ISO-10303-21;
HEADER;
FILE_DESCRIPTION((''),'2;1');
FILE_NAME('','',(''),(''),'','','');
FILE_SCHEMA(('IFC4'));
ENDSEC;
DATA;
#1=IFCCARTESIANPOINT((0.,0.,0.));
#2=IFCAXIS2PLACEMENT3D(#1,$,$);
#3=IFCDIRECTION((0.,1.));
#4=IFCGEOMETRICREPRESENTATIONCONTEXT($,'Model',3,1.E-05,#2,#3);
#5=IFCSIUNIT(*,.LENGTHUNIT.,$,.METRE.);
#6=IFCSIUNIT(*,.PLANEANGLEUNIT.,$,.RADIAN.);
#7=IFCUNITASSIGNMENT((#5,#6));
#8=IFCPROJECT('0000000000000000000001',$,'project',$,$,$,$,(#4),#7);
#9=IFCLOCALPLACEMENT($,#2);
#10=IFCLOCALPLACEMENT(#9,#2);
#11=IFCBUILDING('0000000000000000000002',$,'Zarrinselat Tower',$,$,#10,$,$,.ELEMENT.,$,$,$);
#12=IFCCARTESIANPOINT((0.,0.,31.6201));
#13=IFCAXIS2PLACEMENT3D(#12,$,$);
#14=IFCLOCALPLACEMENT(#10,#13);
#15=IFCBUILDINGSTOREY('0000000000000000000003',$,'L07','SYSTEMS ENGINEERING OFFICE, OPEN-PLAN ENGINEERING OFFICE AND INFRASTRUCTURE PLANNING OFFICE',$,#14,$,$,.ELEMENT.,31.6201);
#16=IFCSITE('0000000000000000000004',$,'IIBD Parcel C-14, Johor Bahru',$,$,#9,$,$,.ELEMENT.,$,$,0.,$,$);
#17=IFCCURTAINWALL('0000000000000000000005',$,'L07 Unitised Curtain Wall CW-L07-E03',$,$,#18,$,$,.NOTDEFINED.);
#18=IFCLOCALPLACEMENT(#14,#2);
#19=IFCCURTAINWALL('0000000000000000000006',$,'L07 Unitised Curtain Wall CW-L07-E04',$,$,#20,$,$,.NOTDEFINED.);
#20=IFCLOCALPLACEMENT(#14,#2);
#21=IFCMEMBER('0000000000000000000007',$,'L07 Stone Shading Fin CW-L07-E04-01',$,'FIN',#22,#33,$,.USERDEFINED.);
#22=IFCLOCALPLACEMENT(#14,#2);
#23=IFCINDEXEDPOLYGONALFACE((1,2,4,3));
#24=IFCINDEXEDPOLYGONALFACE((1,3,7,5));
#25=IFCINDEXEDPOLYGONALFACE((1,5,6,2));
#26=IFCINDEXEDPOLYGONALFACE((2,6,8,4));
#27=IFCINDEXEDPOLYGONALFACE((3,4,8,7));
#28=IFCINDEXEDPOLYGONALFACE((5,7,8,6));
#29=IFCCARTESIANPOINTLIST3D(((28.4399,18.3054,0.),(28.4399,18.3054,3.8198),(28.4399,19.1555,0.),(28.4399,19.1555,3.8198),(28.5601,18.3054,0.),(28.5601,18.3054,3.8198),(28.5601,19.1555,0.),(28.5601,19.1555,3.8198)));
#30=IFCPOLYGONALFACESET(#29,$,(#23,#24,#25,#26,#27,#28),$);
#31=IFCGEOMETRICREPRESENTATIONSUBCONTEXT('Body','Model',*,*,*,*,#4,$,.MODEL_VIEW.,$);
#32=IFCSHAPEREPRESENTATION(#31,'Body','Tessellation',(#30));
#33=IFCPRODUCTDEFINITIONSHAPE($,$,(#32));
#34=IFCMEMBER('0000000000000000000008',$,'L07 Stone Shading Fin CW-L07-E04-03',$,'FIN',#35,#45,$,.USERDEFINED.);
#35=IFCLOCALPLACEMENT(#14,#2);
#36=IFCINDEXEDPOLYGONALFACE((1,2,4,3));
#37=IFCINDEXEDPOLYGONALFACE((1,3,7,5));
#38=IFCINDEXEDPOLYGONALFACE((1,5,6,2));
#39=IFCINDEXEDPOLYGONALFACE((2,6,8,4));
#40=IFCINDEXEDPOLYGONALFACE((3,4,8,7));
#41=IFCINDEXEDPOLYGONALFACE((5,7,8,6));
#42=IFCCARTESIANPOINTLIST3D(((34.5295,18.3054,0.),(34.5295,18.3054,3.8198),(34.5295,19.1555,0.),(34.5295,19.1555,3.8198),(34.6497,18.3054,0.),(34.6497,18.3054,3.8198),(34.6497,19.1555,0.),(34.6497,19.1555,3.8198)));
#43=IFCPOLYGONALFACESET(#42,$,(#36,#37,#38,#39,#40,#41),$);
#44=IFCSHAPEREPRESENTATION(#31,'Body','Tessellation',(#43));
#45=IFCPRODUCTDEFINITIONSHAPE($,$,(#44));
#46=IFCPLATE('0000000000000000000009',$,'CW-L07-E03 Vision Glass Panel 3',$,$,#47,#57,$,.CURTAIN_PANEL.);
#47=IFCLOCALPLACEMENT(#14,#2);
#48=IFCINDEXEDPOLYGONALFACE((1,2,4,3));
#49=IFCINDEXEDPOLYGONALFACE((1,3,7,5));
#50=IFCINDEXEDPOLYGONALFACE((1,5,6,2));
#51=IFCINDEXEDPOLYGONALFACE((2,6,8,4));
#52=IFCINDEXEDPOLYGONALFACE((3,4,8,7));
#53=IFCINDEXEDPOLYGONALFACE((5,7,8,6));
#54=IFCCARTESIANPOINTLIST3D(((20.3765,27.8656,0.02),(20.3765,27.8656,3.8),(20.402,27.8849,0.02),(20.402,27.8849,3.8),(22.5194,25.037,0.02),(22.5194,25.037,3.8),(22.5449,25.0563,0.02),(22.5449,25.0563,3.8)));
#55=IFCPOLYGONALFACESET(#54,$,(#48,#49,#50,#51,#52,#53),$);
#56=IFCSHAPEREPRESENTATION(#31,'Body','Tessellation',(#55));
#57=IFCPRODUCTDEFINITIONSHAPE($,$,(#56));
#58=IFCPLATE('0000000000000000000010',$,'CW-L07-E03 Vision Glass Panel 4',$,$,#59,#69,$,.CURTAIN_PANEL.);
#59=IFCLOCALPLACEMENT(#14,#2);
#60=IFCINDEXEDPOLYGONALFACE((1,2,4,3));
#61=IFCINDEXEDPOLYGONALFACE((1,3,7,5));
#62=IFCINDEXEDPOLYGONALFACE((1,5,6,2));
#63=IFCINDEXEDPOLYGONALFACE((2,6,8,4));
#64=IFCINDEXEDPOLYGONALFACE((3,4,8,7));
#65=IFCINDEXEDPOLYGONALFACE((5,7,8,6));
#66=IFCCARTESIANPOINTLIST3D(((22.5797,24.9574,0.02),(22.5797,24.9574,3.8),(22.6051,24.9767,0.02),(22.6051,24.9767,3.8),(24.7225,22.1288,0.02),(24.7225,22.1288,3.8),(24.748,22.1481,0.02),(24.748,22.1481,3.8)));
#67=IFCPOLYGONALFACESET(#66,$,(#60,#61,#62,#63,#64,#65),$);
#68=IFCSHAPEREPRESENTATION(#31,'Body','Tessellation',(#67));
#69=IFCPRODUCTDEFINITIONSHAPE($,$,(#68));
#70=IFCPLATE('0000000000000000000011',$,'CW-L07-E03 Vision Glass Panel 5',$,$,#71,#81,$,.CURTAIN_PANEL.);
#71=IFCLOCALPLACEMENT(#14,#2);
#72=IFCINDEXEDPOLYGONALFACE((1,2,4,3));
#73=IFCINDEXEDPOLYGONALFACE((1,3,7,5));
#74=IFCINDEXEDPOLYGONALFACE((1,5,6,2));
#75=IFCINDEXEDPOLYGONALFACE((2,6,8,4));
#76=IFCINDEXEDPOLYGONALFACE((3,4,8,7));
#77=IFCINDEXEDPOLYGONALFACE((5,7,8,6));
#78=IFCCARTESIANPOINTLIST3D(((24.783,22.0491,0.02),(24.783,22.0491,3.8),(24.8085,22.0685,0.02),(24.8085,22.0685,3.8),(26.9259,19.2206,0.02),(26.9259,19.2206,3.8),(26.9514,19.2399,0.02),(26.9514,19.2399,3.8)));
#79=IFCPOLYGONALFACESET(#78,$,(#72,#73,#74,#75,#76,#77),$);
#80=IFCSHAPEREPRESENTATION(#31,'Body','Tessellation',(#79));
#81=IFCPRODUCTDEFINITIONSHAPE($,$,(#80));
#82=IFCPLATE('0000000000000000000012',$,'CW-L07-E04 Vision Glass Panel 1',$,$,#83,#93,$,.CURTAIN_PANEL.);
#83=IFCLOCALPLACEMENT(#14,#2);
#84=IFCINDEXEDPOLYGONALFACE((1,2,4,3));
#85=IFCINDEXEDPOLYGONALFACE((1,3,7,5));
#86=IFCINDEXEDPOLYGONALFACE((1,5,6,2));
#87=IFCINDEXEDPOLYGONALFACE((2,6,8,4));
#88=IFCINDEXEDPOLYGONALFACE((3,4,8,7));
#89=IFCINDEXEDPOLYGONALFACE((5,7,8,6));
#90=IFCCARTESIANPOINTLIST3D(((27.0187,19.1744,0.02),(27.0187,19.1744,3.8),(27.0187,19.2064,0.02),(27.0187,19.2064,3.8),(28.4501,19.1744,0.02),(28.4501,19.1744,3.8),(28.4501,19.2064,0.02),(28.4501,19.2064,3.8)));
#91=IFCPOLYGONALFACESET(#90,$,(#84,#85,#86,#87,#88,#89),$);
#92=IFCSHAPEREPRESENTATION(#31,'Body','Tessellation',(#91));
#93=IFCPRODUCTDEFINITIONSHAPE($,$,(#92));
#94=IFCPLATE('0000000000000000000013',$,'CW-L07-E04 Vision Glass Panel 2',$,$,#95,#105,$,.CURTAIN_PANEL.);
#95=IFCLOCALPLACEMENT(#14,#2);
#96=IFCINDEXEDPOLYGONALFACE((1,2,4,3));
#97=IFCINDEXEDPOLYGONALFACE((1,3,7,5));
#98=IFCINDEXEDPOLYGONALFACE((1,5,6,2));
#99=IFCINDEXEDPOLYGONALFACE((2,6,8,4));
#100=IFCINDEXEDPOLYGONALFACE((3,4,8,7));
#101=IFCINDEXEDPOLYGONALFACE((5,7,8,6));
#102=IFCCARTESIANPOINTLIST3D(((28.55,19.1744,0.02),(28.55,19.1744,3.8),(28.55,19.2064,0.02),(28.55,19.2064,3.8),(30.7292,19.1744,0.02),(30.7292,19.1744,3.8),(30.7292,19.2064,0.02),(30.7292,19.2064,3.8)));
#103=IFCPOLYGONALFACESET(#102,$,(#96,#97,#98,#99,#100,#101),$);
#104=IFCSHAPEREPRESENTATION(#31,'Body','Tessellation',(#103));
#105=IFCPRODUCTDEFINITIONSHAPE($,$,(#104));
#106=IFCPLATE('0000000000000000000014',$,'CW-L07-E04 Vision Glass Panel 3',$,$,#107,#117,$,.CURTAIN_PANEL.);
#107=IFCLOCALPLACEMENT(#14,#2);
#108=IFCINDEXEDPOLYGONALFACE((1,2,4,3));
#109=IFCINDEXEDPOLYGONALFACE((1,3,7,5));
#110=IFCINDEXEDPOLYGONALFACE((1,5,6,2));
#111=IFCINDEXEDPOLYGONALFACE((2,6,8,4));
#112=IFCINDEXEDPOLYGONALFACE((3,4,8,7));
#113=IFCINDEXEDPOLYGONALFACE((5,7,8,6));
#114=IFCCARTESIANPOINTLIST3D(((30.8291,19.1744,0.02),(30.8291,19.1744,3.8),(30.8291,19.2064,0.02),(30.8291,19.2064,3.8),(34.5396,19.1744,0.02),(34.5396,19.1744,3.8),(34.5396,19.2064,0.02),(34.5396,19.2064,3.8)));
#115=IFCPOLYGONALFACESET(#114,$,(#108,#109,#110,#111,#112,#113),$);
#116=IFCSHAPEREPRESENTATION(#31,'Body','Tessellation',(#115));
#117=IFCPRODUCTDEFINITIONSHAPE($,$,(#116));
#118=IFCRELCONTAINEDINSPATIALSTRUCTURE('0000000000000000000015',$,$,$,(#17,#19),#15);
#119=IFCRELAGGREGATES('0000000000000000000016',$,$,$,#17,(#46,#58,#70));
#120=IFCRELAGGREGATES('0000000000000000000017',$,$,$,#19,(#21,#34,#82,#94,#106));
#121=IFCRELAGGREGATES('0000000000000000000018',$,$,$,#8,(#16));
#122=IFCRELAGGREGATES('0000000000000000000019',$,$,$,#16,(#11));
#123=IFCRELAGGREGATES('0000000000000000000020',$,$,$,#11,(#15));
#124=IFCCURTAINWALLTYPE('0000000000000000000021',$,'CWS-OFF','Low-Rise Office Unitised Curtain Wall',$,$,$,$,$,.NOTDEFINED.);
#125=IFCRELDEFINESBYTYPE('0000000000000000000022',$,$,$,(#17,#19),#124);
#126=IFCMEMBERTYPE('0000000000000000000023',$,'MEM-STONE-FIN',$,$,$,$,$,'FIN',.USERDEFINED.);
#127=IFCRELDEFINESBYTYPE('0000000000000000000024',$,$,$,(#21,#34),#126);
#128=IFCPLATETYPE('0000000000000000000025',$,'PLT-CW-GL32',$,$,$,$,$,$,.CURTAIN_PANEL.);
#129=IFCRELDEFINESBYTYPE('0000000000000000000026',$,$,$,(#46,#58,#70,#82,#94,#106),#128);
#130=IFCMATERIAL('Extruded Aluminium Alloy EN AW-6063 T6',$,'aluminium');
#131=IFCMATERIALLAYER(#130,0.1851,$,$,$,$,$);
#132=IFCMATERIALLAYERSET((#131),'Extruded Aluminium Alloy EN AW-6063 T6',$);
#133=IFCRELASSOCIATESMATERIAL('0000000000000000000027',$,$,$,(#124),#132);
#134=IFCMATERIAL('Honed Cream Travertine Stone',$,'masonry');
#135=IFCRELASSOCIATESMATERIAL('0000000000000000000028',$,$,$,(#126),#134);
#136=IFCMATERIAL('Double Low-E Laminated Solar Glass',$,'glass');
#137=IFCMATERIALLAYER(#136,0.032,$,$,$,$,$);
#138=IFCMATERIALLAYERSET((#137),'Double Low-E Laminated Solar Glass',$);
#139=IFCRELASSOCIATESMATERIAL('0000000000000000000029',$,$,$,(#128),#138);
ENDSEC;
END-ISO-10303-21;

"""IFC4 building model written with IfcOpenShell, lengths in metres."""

from ifc_helpers import new_model, si_unit, direction, frame, origin, origin_2d, place, context, subcontext, project, spatial, rectangle, extrude, material, layer, layer_set, material_profile, profile_set, type_object, element, aggregate, save


model = new_model("IFC4")

# Units and contexts
model_context = context("Model", 3, precision=1e-05, world=origin(), true_north=direction((0.0, 1.0)))
body_context = subcontext(model_context, "Body", "Model", "MODEL_VIEW")
ifc_project = project(units=[si_unit("LENGTHUNIT", "METRE"), si_unit("PLANEANGLEUNIT", "RADIAN")], contexts=[model_context])

# Site, building, storey
site_placement = place(None, origin())
site = spatial("IfcSite", under=ifc_project, at=site_placement, Name="IIBD Parcel C-14, Johor Bahru", CompositionType="ELEMENT", RefElevation=0.0)
building_placement = place(site_placement, origin())
building = spatial("IfcBuilding", under=site, at=building_placement, Name="Zarrinselat Tower", CompositionType="ELEMENT")
storey_placement = place(building_placement, frame((0.0, 0.0, 31.6201)))
storey = spatial("IfcBuildingStorey", under=building, at=storey_placement, Name="L07", Description="SYSTEMS ENGINEERING OFFICE, OPEN-PLAN ENGINEERING OFFICE AND INFRASTRUCTURE PLANNING OFFICE", CompositionType="ELEMENT", Elevation=31.6201)

# Curtain walls
ifc_material_1 = material(Name="Extruded Aluminium Alloy EN AW-6063 T6", Category="aluminium")
ifc_layer_1 = layer(ifc_material_1, 0.1851)
ifc_layer_set_1 = layer_set([ifc_layer_1], Name="Extruded Aluminium Alloy EN AW-6063 T6")
curtain_wall_type = type_object("IfcCurtainWallType", Name="CWS-OFF", Description="Low-Rise Office Unitised Curtain Wall", PredefinedType="NOTDEFINED", material=ifc_layer_set_1)
curtain_wall_1_placement = place(storey_placement, origin())
curtain_wall_1 = element("IfcCurtainWall", 1, at=curtain_wall_1_placement, inside=storey, type_object=curtain_wall_type, Name="L07 Unitised Curtain Wall CW-L07-E03", PredefinedType="NOTDEFINED")
curtain_wall_2_placement = place(storey_placement, origin())
curtain_wall_2 = element("IfcCurtainWall", 2, at=curtain_wall_2_placement, inside=storey, type_object=curtain_wall_type, Name="L07 Unitised Curtain Wall CW-L07-E04", PredefinedType="NOTDEFINED")

# Members
ifc_material_2 = material(Name="Honed Cream Travertine Stone", Category="masonry")
ifc_material_profile_1 = material_profile(ifc_material_2, rectangle(XDim=0.1201, YDim=0.8501, at=origin_2d()), Name="FIN 850x120")
ifc_profile_set_1 = profile_set([ifc_material_profile_1], Name="Honed Cream Travertine Stone")
member_type_1 = type_object("IfcMemberType", Name="MEM-STONE-FIN", ElementType="FIN", PredefinedType="USERDEFINED", material=ifc_profile_set_1)
member_1_placement = place(storey_placement, frame((28.5, 18.7305, 0.0), z_axis=(0.0, 0.0, 1.0), x_axis=(-1.0, 0.0, 0.0)))
member_1 = element("IfcMember", 3, at=member_1_placement, type_object=member_type_1, Name="L07 Stone Shading Fin CW-L07-E04-01", ObjectType="FIN", PredefinedType="USERDEFINED", context=body_context, shape_type="SweptSolid", body=[
    extrude(rectangle(XDim=0.1201, YDim=0.8501, at=origin_2d()), origin(), (0.0, 0.0, 1.0), 3.8198),
])
member_2_placement = place(storey_placement, frame((34.5896, 18.7305, 0.0), z_axis=(0.0, 0.0, 1.0), x_axis=(-1.0, 0.0, 0.0)))
member_2 = element("IfcMember", 4, at=member_2_placement, type_object=member_type_1, Name="L07 Stone Shading Fin CW-L07-E04-03", ObjectType="FIN", PredefinedType="USERDEFINED", context=body_context, shape_type="SweptSolid", body=[
    extrude(rectangle(XDim=0.1201, YDim=0.8501, at=origin_2d()), origin(), (0.0, 0.0, 1.0), 3.8198),
])

# Plates
ifc_material_3 = material(Name="Double Low-E Laminated Solar Glass", Category="glass")
ifc_layer_2 = layer(ifc_material_3, 0.032)
ifc_layer_set_2 = layer_set([ifc_layer_2], Name="Double Low-E Laminated Solar Glass")
plate_type = type_object("IfcPlateType", Name="PLT-CW-GL32", PredefinedType="CURTAIN_PANEL", material=ifc_layer_set_2)
plate_1_placement = place(storey_placement, frame((21.4607, 26.4609, 0.02), z_axis=(0.0, 0.0, 1.0), x_axis=(0.603858, -0.797092, 0.0)))
plate_1 = element("IfcPlate", 5, at=plate_1_placement, type_object=plate_type, Name="CW-L07-E03 Vision Glass Panel 3", PredefinedType="CURTAIN_PANEL", context=body_context, shape_type="SweptSolid", body=[
    extrude(rectangle(XDim=3.5486, YDim=0.032, at=origin_2d()), origin(), (0.0, 0.0, 1.0), 3.78),
])
plate_2_placement = place(storey_placement, frame((23.6638, 23.5527, 0.02), z_axis=(0.0, 0.0, 1.0), x_axis=(0.603858, -0.797092, 0.0)))
plate_2 = element("IfcPlate", 6, at=plate_2_placement, type_object=plate_type, Name="CW-L07-E03 Vision Glass Panel 4", PredefinedType="CURTAIN_PANEL", context=body_context, shape_type="SweptSolid", body=[
    extrude(rectangle(XDim=3.5486, YDim=0.032, at=origin_2d()), origin(), (0.0, 0.0, 1.0), 3.78),
])
plate_3_placement = place(storey_placement, frame((25.8672, 20.6445, 0.02), z_axis=(0.0, 0.0, 1.0), x_axis=(0.603858, -0.797092, 0.0)))
plate_3 = element("IfcPlate", 7, at=plate_3_placement, type_object=plate_type, Name="CW-L07-E03 Vision Glass Panel 5", PredefinedType="CURTAIN_PANEL", context=body_context, shape_type="SweptSolid", body=[
    extrude(rectangle(XDim=3.5486, YDim=0.032, at=origin_2d()), origin(), (0.0, 0.0, 1.0), 3.78),
])
aggregate(curtain_wall_1, [plate_1, plate_2, plate_3])
plate_4_placement = place(storey_placement, frame((27.7344, 19.1904, 0.02), z_axis=(0.0, 0.0, 1.0), x_axis=(1.0, 0.0, 0.0)))
plate_4 = element("IfcPlate", 8, at=plate_4_placement, type_object=plate_type, Name="CW-L07-E04 Vision Glass Panel 1", PredefinedType="CURTAIN_PANEL", context=body_context, shape_type="SweptSolid", body=[
    extrude(rectangle(XDim=1.4314, YDim=0.032, at=origin_2d()), origin(), (0.0, 0.0, 1.0), 3.78),
])
plate_5_placement = place(storey_placement, frame((29.6396, 19.1904, 0.02), z_axis=(0.0, 0.0, 1.0), x_axis=(1.0, 0.0, 0.0)))
plate_5 = element("IfcPlate", 9, at=plate_5_placement, type_object=plate_type, Name="CW-L07-E04 Vision Glass Panel 2", PredefinedType="CURTAIN_PANEL", context=body_context, shape_type="SweptSolid", body=[
    extrude(rectangle(XDim=2.1792, YDim=0.032, at=origin_2d()), origin(), (0.0, 0.0, 1.0), 3.78),
])
plate_6_placement = place(storey_placement, frame((32.6843, 19.1904, 0.02), z_axis=(0.0, 0.0, 1.0), x_axis=(1.0, 0.0, 0.0)))
plate_6 = element("IfcPlate", 10, at=plate_6_placement, type_object=plate_type, Name="CW-L07-E04 Vision Glass Panel 3", PredefinedType="CURTAIN_PANEL", context=body_context, shape_type="SweptSolid", body=[
    extrude(rectangle(XDim=3.7104, YDim=0.032, at=origin_2d()), origin(), (0.0, 0.0, 1.0), 3.78),
])
aggregate(curtain_wall_2, [member_1, member_2, plate_4, plate_5, plate_6])

save(model, "model.ifc")
